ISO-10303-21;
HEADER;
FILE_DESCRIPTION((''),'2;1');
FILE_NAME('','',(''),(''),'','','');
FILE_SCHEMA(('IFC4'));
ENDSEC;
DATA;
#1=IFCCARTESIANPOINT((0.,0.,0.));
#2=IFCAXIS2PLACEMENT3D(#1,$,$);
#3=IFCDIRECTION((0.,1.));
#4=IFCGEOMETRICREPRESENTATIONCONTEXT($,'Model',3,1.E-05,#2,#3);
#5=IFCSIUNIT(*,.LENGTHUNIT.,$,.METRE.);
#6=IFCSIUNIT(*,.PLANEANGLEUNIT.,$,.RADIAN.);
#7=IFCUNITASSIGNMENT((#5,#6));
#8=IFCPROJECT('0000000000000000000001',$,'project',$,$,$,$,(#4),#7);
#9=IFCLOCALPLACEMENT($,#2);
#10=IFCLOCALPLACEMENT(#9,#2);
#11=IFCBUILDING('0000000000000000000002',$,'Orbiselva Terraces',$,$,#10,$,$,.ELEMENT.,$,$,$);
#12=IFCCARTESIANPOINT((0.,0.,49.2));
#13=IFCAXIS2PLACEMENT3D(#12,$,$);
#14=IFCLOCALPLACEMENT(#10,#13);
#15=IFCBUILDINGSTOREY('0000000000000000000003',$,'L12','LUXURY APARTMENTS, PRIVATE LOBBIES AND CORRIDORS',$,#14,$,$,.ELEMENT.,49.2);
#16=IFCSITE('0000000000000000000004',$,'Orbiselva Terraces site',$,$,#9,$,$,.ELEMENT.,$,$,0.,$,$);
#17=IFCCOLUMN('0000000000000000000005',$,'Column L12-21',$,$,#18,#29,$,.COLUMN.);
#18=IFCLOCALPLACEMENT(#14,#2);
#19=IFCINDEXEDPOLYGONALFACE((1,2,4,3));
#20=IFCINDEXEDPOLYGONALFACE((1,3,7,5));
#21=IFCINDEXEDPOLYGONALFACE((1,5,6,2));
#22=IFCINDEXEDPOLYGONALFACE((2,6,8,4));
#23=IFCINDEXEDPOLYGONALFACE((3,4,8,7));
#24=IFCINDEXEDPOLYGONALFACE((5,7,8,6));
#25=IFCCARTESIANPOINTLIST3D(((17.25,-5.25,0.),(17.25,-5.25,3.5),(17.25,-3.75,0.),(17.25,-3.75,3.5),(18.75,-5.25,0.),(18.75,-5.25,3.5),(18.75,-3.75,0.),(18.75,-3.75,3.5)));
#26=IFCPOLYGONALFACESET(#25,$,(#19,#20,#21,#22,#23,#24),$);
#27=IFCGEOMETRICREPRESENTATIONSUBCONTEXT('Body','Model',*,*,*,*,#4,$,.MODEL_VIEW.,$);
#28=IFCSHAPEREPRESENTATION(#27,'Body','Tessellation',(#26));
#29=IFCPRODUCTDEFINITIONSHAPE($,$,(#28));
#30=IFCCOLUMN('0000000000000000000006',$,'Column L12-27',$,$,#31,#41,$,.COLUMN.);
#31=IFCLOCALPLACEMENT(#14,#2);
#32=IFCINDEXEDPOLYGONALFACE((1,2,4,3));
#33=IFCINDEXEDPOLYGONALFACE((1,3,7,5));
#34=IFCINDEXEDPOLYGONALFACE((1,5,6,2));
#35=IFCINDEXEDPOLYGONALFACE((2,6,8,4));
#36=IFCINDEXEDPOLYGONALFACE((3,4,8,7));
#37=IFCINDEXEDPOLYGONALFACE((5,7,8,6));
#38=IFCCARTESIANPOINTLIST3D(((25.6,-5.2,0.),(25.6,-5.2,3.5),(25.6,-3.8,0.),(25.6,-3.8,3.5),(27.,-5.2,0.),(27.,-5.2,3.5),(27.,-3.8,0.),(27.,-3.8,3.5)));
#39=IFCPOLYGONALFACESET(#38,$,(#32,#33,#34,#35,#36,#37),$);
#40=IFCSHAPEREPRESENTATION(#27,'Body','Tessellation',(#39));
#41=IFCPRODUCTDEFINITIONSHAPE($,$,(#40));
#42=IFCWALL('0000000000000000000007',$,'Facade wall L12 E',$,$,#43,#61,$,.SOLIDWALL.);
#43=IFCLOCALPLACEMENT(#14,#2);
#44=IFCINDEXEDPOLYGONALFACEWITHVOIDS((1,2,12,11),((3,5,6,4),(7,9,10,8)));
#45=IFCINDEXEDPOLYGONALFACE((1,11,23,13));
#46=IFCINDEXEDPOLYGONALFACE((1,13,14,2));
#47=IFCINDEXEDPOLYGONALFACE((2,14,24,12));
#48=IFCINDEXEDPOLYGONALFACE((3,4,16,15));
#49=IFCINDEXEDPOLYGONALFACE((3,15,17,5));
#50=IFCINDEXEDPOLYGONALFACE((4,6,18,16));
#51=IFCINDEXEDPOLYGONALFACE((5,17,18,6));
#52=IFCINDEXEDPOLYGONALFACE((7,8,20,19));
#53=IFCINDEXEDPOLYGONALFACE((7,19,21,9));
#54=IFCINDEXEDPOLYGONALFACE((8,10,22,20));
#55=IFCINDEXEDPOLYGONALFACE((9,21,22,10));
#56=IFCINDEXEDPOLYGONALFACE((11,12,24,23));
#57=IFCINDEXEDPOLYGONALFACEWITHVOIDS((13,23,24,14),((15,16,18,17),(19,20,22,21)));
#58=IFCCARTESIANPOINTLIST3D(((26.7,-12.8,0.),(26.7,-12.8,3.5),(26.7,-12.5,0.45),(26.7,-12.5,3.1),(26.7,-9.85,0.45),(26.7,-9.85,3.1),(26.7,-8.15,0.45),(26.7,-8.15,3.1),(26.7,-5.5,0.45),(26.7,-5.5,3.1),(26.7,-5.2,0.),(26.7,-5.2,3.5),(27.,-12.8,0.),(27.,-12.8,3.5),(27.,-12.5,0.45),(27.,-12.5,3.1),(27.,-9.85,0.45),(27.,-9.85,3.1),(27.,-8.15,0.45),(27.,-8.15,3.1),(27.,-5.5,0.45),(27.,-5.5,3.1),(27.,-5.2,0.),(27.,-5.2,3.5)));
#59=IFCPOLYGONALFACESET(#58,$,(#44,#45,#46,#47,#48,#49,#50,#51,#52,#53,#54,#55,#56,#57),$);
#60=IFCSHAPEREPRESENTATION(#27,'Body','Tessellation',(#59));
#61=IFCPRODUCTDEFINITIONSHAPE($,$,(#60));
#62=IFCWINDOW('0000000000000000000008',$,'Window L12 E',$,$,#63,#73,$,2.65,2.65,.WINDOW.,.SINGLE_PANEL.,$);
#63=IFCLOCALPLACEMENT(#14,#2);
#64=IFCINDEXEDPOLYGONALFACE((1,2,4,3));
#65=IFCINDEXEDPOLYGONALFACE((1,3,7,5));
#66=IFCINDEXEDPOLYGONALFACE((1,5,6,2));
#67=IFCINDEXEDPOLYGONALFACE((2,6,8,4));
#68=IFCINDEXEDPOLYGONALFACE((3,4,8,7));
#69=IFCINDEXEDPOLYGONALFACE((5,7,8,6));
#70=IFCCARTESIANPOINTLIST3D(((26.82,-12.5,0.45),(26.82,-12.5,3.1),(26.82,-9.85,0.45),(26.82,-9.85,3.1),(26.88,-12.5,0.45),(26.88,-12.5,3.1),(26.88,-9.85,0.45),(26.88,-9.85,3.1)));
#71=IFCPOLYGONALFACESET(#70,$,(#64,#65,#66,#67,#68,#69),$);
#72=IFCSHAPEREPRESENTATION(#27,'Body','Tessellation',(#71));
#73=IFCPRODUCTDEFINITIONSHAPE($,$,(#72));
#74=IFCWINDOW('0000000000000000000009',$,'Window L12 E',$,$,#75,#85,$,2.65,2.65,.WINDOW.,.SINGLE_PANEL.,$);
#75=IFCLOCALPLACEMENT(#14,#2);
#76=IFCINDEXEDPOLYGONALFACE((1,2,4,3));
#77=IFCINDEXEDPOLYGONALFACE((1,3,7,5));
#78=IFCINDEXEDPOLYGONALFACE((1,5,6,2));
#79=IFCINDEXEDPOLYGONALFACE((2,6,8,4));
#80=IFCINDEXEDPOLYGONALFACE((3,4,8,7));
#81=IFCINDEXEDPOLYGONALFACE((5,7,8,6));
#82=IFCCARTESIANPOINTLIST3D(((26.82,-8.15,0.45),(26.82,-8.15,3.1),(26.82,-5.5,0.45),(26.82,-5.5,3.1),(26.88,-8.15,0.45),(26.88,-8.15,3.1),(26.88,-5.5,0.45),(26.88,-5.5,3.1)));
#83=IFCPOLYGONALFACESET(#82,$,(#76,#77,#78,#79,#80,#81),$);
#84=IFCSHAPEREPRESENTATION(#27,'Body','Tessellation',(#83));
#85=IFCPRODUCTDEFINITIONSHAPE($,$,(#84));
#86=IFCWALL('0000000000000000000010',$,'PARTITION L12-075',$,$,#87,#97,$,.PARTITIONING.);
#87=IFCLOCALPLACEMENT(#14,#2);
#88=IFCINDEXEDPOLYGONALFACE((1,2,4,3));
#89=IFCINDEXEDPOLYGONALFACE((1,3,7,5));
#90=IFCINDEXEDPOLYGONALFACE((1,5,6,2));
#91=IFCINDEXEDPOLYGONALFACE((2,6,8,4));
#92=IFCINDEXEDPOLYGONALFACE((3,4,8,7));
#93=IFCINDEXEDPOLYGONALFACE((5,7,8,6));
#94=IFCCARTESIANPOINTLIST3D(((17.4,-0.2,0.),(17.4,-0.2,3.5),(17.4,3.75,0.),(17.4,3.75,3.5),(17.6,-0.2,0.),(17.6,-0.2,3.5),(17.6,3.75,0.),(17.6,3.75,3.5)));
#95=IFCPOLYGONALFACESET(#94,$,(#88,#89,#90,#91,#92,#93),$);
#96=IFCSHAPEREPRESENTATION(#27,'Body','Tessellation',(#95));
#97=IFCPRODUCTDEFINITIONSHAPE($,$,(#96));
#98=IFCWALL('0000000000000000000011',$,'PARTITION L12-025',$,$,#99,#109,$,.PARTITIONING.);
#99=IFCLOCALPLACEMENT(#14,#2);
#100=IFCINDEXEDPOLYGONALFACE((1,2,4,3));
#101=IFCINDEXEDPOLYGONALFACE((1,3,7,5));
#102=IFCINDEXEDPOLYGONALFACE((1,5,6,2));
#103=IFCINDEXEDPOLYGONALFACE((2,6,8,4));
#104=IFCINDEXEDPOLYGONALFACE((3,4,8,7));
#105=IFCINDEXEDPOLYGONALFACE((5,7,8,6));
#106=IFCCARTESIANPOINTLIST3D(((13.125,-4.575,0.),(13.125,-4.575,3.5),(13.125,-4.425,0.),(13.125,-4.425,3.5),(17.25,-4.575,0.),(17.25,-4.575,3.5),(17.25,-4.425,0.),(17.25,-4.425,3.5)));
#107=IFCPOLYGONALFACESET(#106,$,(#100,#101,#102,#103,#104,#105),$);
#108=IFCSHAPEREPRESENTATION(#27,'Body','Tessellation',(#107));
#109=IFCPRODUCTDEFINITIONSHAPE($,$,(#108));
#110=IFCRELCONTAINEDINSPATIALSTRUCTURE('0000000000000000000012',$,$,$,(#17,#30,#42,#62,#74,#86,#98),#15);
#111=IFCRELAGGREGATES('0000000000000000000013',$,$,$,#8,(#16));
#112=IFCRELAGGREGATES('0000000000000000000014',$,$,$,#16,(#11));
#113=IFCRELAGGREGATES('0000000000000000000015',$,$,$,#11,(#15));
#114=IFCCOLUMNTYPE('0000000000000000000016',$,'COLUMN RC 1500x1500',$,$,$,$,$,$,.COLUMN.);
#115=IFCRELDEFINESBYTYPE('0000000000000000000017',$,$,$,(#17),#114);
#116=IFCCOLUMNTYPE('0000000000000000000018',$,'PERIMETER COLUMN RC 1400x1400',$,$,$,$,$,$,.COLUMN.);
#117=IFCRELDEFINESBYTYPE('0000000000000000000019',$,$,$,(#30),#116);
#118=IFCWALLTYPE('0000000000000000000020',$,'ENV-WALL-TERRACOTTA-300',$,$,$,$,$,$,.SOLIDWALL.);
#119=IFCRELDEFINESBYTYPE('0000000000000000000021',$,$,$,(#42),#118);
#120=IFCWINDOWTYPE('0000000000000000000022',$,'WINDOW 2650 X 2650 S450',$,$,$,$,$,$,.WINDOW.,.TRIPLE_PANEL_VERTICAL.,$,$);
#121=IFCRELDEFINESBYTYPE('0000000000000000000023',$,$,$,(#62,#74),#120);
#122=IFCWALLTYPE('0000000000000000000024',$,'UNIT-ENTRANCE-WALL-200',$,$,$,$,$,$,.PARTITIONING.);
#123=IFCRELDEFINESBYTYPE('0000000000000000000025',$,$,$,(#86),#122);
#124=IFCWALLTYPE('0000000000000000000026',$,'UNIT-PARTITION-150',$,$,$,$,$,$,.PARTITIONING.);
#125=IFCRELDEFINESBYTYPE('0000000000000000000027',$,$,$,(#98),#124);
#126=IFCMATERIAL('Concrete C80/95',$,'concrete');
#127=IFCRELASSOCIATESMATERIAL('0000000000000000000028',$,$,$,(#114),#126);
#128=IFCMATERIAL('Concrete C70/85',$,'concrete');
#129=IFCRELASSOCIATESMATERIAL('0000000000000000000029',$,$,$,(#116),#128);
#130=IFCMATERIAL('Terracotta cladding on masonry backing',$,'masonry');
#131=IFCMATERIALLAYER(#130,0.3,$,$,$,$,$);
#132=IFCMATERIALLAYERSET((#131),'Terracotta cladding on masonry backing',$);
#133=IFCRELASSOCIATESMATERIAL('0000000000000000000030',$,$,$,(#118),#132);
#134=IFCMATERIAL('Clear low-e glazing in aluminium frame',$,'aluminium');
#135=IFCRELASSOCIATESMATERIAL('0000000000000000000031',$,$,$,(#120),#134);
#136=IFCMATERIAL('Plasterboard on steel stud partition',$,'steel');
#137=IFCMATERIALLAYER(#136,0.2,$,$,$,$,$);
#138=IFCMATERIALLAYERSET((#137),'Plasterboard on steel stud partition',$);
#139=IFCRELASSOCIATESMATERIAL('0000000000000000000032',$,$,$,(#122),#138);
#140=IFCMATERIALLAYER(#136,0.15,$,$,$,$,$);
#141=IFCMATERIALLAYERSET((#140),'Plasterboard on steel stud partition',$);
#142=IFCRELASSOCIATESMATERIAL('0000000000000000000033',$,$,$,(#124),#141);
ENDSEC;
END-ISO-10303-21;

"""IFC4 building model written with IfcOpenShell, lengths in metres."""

from ifc_helpers import new_model, si_unit, direction, frame, frame_2d, origin, origin_2d, place, context, subcontext, project, spatial, rectangle, extrude, material, layer, layer_set, material_profile, profile_set, type_object, element, fill, save


model = new_model("IFC4")

# Units and contexts
model_context = context("Model", 3, precision=1e-05, world=origin(), true_north=direction((0.0, 1.0)))
body_context = subcontext(model_context, "Body", "Model", "MODEL_VIEW")
ifc_project = project(units=[si_unit("LENGTHUNIT", "METRE"), si_unit("PLANEANGLEUNIT", "RADIAN")], contexts=[model_context])

# Site, building, storey
site_placement = place(None, origin())
site = spatial("IfcSite", under=ifc_project, at=site_placement, Name="Orbiselva Terraces site", CompositionType="ELEMENT", RefElevation=0.0)
building_placement = place(site_placement, origin())
building = spatial("IfcBuilding", under=site, at=building_placement, Name="Orbiselva Terraces", CompositionType="ELEMENT")
storey_placement = place(building_placement, frame((0.0, 0.0, 49.2)))
storey = spatial("IfcBuildingStorey", under=building, at=storey_placement, Name="L12", Description="LUXURY APARTMENTS, PRIVATE LOBBIES AND CORRIDORS", CompositionType="ELEMENT", Elevation=49.2)

# Columns
ifc_material_1 = material(Name="Concrete C80/95", Category="concrete")
ifc_material_profile_1 = material_profile(ifc_material_1, rectangle(XDim=1.5, YDim=1.5, at=origin_2d()), Name="RC 1500x1500")
ifc_profile_set_1 = profile_set([ifc_material_profile_1], Name="Concrete C80/95")
column_type_1 = type_object("IfcColumnType", Name="COLUMN RC 1500x1500", PredefinedType="COLUMN", material=ifc_profile_set_1)
column_1_placement = place(storey_placement, frame((18.0, -4.5, 0.0), z_axis=(0.0, 0.0, 1.0), x_axis=(1.0, 0.0, 0.0)))
element("IfcColumn", 1, at=column_1_placement, inside=storey, type_object=column_type_1, Name="Column L12-21", PredefinedType="COLUMN", context=body_context, shape_type="SweptSolid", body=[
    extrude(rectangle(XDim=1.5, YDim=1.5, at=origin_2d()), origin(), (0.0, 0.0, 1.0), 3.5),
])
ifc_material_2 = material(Name="Concrete C70/85", Category="concrete")
ifc_material_profile_2 = material_profile(ifc_material_2, rectangle(XDim=1.4, YDim=1.4, at=origin_2d()), Name="RC 1400x1400")
ifc_profile_set_2 = profile_set([ifc_material_profile_2], Name="Concrete C70/85")
column_type_2 = type_object("IfcColumnType", Name="PERIMETER COLUMN RC 1400x1400", PredefinedType="COLUMN", material=ifc_profile_set_2)
column_2_placement = place(storey_placement, frame((26.3, -4.5, 0.0), z_axis=(0.0, 0.0, 1.0), x_axis=(1.0, 0.0, 0.0)))
element("IfcColumn", 2, at=column_2_placement, inside=storey, type_object=column_type_2, Name="Column L12-27", PredefinedType="COLUMN", context=body_context, shape_type="SweptSolid", body=[
    extrude(rectangle(XDim=1.4, YDim=1.4, at=origin_2d()), origin(), (0.0, 0.0, 1.0), 3.5),
])

# Wall, openings, windows
ifc_material_3 = material(Name="Terracotta cladding on masonry backing", Category="masonry")
ifc_layer_1 = layer(ifc_material_3, 0.3)
ifc_layer_set_1 = layer_set([ifc_layer_1], Name="Terracotta cladding on masonry backing")
wall_type_1 = type_object("IfcWallType", Name="ENV-WALL-TERRACOTTA-300", PredefinedType="SOLIDWALL", material=ifc_layer_set_1)
wall_1_placement = place(storey_placement, frame((26.85, -5.2, 0.0), z_axis=(0.0, 0.0, 1.0), x_axis=(0.0, -1.0, 0.0)))
wall_1 = element("IfcWall", 3, at=wall_1_placement, inside=storey, type_object=wall_type_1, Name="Facade wall L12 E", PredefinedType="SOLIDWALL", context=body_context, shape_type="SweptSolid", body=[
    extrude(rectangle(XDim=7.6, YDim=0.3, at=frame_2d((3.8, 0.0))), origin(), (0.0, 0.0, 1.0), 3.5),
])
opening_1_placement = place(wall_1_placement, frame((4.65, 0.0, 0.45)))
opening_1 = element("IfcOpeningElement", 4, at=opening_1_placement, cuts=wall_1, PredefinedType="OPENING", context=body_context, shape_type="SweptSolid", body=[
    extrude(rectangle(XDim=2.65, YDim=2.65, at=frame_2d((1.325, 1.325))), frame((0.0, 0.16, 0.0), z_axis=(0.0, -1.0, 0.0), x_axis=(1.0, 0.0, 0.0)), (0.0, 0.0, 1.0), 0.32),
])
opening_2_placement = place(wall_1_placement, frame((0.3, 0.0, 0.45)))
opening_2 = element("IfcOpeningElement", 5, at=opening_2_placement, cuts=wall_1, PredefinedType="OPENING", context=body_context, shape_type="SweptSolid", body=[
    extrude(rectangle(XDim=2.65, YDim=2.65, at=frame_2d((1.325, 1.325))), frame((0.0, 0.16, 0.0), z_axis=(0.0, -1.0, 0.0), x_axis=(1.0, 0.0, 0.0)), (0.0, 0.0, 1.0), 0.32),
])
ifc_material_4 = material(Name="Clear low-e glazing in aluminium frame", Category="aluminium")
window_type = type_object("IfcWindowType", Name="WINDOW 2650 X 2650 S450", PartitioningType="TRIPLE_PANEL_VERTICAL", PredefinedType="WINDOW", material=ifc_material_4)
window_1_placement = place(opening_1_placement, origin())
window_1 = element("IfcWindow", 6, at=window_1_placement, inside=storey, type_object=window_type, Name="Window L12 E", OverallHeight=2.65, OverallWidth=2.65, PartitioningType="SINGLE_PANEL", PredefinedType="WINDOW", context=body_context, shape_type="SweptSolid", body=[
    extrude(rectangle(XDim=2.65, YDim=2.65, at=frame_2d((1.325, 1.325))), frame((0.0, 0.03, 0.0), z_axis=(0.0, -1.0, 0.0), x_axis=(1.0, 0.0, 0.0)), (0.0, 0.0, 1.0), 0.06),
])
fill(opening_1, window_1)
window_2_placement = place(opening_2_placement, origin())
window_2 = element("IfcWindow", 7, at=window_2_placement, inside=storey, type_object=window_type, Name="Window L12 E", OverallHeight=2.65, OverallWidth=2.65, PartitioningType="SINGLE_PANEL", PredefinedType="WINDOW", context=body_context, shape_type="SweptSolid", body=[
    extrude(rectangle(XDim=2.65, YDim=2.65, at=frame_2d((1.325, 1.325))), frame((0.0, 0.03, 0.0), z_axis=(0.0, -1.0, 0.0), x_axis=(1.0, 0.0, 0.0)), (0.0, 0.0, 1.0), 0.06),
])
fill(opening_2, window_2)

# Walls
ifc_material_5 = material(Name="Plasterboard on steel stud partition", Category="steel")
ifc_layer_2 = layer(ifc_material_5, 0.2)
ifc_layer_set_2 = layer_set([ifc_layer_2], Name="Plasterboard on steel stud partition")
wall_type_2 = type_object("IfcWallType", Name="UNIT-ENTRANCE-WALL-200", PredefinedType="PARTITIONING", material=ifc_layer_set_2)
wall_2_placement = place(storey_placement, frame((17.5, -0.2, 0.0), z_axis=(0.0, 0.0, 1.0), x_axis=(0.0, 1.0, 0.0)))
element("IfcWall", 8, at=wall_2_placement, inside=storey, type_object=wall_type_2, Name="PARTITION L12-075", PredefinedType="PARTITIONING", context=body_context, shape_type="SweptSolid", body=[
    extrude(rectangle(XDim=3.95, YDim=0.2, at=frame_2d((1.975, 0.0))), origin(), (0.0, 0.0, 1.0), 3.5),
])
ifc_layer_3 = layer(ifc_material_5, 0.15)
ifc_layer_set_3 = layer_set([ifc_layer_3], Name="Plasterboard on steel stud partition")
wall_type_3 = type_object("IfcWallType", Name="UNIT-PARTITION-150", PredefinedType="PARTITIONING", material=ifc_layer_set_3)
wall_3_placement = place(storey_placement, frame((13.125, -4.5, 0.0), z_axis=(0.0, 0.0, 1.0), x_axis=(1.0, 0.0, 0.0)))
element("IfcWall", 9, at=wall_3_placement, inside=storey, type_object=wall_type_3, Name="PARTITION L12-025", PredefinedType="PARTITIONING", context=body_context, shape_type="SweptSolid", body=[
    extrude(rectangle(XDim=4.125, YDim=0.15, at=frame_2d((2.0625, 0.0))), origin(), (0.0, 0.0, 1.0), 3.5),
])

save(model, "model.ifc")
